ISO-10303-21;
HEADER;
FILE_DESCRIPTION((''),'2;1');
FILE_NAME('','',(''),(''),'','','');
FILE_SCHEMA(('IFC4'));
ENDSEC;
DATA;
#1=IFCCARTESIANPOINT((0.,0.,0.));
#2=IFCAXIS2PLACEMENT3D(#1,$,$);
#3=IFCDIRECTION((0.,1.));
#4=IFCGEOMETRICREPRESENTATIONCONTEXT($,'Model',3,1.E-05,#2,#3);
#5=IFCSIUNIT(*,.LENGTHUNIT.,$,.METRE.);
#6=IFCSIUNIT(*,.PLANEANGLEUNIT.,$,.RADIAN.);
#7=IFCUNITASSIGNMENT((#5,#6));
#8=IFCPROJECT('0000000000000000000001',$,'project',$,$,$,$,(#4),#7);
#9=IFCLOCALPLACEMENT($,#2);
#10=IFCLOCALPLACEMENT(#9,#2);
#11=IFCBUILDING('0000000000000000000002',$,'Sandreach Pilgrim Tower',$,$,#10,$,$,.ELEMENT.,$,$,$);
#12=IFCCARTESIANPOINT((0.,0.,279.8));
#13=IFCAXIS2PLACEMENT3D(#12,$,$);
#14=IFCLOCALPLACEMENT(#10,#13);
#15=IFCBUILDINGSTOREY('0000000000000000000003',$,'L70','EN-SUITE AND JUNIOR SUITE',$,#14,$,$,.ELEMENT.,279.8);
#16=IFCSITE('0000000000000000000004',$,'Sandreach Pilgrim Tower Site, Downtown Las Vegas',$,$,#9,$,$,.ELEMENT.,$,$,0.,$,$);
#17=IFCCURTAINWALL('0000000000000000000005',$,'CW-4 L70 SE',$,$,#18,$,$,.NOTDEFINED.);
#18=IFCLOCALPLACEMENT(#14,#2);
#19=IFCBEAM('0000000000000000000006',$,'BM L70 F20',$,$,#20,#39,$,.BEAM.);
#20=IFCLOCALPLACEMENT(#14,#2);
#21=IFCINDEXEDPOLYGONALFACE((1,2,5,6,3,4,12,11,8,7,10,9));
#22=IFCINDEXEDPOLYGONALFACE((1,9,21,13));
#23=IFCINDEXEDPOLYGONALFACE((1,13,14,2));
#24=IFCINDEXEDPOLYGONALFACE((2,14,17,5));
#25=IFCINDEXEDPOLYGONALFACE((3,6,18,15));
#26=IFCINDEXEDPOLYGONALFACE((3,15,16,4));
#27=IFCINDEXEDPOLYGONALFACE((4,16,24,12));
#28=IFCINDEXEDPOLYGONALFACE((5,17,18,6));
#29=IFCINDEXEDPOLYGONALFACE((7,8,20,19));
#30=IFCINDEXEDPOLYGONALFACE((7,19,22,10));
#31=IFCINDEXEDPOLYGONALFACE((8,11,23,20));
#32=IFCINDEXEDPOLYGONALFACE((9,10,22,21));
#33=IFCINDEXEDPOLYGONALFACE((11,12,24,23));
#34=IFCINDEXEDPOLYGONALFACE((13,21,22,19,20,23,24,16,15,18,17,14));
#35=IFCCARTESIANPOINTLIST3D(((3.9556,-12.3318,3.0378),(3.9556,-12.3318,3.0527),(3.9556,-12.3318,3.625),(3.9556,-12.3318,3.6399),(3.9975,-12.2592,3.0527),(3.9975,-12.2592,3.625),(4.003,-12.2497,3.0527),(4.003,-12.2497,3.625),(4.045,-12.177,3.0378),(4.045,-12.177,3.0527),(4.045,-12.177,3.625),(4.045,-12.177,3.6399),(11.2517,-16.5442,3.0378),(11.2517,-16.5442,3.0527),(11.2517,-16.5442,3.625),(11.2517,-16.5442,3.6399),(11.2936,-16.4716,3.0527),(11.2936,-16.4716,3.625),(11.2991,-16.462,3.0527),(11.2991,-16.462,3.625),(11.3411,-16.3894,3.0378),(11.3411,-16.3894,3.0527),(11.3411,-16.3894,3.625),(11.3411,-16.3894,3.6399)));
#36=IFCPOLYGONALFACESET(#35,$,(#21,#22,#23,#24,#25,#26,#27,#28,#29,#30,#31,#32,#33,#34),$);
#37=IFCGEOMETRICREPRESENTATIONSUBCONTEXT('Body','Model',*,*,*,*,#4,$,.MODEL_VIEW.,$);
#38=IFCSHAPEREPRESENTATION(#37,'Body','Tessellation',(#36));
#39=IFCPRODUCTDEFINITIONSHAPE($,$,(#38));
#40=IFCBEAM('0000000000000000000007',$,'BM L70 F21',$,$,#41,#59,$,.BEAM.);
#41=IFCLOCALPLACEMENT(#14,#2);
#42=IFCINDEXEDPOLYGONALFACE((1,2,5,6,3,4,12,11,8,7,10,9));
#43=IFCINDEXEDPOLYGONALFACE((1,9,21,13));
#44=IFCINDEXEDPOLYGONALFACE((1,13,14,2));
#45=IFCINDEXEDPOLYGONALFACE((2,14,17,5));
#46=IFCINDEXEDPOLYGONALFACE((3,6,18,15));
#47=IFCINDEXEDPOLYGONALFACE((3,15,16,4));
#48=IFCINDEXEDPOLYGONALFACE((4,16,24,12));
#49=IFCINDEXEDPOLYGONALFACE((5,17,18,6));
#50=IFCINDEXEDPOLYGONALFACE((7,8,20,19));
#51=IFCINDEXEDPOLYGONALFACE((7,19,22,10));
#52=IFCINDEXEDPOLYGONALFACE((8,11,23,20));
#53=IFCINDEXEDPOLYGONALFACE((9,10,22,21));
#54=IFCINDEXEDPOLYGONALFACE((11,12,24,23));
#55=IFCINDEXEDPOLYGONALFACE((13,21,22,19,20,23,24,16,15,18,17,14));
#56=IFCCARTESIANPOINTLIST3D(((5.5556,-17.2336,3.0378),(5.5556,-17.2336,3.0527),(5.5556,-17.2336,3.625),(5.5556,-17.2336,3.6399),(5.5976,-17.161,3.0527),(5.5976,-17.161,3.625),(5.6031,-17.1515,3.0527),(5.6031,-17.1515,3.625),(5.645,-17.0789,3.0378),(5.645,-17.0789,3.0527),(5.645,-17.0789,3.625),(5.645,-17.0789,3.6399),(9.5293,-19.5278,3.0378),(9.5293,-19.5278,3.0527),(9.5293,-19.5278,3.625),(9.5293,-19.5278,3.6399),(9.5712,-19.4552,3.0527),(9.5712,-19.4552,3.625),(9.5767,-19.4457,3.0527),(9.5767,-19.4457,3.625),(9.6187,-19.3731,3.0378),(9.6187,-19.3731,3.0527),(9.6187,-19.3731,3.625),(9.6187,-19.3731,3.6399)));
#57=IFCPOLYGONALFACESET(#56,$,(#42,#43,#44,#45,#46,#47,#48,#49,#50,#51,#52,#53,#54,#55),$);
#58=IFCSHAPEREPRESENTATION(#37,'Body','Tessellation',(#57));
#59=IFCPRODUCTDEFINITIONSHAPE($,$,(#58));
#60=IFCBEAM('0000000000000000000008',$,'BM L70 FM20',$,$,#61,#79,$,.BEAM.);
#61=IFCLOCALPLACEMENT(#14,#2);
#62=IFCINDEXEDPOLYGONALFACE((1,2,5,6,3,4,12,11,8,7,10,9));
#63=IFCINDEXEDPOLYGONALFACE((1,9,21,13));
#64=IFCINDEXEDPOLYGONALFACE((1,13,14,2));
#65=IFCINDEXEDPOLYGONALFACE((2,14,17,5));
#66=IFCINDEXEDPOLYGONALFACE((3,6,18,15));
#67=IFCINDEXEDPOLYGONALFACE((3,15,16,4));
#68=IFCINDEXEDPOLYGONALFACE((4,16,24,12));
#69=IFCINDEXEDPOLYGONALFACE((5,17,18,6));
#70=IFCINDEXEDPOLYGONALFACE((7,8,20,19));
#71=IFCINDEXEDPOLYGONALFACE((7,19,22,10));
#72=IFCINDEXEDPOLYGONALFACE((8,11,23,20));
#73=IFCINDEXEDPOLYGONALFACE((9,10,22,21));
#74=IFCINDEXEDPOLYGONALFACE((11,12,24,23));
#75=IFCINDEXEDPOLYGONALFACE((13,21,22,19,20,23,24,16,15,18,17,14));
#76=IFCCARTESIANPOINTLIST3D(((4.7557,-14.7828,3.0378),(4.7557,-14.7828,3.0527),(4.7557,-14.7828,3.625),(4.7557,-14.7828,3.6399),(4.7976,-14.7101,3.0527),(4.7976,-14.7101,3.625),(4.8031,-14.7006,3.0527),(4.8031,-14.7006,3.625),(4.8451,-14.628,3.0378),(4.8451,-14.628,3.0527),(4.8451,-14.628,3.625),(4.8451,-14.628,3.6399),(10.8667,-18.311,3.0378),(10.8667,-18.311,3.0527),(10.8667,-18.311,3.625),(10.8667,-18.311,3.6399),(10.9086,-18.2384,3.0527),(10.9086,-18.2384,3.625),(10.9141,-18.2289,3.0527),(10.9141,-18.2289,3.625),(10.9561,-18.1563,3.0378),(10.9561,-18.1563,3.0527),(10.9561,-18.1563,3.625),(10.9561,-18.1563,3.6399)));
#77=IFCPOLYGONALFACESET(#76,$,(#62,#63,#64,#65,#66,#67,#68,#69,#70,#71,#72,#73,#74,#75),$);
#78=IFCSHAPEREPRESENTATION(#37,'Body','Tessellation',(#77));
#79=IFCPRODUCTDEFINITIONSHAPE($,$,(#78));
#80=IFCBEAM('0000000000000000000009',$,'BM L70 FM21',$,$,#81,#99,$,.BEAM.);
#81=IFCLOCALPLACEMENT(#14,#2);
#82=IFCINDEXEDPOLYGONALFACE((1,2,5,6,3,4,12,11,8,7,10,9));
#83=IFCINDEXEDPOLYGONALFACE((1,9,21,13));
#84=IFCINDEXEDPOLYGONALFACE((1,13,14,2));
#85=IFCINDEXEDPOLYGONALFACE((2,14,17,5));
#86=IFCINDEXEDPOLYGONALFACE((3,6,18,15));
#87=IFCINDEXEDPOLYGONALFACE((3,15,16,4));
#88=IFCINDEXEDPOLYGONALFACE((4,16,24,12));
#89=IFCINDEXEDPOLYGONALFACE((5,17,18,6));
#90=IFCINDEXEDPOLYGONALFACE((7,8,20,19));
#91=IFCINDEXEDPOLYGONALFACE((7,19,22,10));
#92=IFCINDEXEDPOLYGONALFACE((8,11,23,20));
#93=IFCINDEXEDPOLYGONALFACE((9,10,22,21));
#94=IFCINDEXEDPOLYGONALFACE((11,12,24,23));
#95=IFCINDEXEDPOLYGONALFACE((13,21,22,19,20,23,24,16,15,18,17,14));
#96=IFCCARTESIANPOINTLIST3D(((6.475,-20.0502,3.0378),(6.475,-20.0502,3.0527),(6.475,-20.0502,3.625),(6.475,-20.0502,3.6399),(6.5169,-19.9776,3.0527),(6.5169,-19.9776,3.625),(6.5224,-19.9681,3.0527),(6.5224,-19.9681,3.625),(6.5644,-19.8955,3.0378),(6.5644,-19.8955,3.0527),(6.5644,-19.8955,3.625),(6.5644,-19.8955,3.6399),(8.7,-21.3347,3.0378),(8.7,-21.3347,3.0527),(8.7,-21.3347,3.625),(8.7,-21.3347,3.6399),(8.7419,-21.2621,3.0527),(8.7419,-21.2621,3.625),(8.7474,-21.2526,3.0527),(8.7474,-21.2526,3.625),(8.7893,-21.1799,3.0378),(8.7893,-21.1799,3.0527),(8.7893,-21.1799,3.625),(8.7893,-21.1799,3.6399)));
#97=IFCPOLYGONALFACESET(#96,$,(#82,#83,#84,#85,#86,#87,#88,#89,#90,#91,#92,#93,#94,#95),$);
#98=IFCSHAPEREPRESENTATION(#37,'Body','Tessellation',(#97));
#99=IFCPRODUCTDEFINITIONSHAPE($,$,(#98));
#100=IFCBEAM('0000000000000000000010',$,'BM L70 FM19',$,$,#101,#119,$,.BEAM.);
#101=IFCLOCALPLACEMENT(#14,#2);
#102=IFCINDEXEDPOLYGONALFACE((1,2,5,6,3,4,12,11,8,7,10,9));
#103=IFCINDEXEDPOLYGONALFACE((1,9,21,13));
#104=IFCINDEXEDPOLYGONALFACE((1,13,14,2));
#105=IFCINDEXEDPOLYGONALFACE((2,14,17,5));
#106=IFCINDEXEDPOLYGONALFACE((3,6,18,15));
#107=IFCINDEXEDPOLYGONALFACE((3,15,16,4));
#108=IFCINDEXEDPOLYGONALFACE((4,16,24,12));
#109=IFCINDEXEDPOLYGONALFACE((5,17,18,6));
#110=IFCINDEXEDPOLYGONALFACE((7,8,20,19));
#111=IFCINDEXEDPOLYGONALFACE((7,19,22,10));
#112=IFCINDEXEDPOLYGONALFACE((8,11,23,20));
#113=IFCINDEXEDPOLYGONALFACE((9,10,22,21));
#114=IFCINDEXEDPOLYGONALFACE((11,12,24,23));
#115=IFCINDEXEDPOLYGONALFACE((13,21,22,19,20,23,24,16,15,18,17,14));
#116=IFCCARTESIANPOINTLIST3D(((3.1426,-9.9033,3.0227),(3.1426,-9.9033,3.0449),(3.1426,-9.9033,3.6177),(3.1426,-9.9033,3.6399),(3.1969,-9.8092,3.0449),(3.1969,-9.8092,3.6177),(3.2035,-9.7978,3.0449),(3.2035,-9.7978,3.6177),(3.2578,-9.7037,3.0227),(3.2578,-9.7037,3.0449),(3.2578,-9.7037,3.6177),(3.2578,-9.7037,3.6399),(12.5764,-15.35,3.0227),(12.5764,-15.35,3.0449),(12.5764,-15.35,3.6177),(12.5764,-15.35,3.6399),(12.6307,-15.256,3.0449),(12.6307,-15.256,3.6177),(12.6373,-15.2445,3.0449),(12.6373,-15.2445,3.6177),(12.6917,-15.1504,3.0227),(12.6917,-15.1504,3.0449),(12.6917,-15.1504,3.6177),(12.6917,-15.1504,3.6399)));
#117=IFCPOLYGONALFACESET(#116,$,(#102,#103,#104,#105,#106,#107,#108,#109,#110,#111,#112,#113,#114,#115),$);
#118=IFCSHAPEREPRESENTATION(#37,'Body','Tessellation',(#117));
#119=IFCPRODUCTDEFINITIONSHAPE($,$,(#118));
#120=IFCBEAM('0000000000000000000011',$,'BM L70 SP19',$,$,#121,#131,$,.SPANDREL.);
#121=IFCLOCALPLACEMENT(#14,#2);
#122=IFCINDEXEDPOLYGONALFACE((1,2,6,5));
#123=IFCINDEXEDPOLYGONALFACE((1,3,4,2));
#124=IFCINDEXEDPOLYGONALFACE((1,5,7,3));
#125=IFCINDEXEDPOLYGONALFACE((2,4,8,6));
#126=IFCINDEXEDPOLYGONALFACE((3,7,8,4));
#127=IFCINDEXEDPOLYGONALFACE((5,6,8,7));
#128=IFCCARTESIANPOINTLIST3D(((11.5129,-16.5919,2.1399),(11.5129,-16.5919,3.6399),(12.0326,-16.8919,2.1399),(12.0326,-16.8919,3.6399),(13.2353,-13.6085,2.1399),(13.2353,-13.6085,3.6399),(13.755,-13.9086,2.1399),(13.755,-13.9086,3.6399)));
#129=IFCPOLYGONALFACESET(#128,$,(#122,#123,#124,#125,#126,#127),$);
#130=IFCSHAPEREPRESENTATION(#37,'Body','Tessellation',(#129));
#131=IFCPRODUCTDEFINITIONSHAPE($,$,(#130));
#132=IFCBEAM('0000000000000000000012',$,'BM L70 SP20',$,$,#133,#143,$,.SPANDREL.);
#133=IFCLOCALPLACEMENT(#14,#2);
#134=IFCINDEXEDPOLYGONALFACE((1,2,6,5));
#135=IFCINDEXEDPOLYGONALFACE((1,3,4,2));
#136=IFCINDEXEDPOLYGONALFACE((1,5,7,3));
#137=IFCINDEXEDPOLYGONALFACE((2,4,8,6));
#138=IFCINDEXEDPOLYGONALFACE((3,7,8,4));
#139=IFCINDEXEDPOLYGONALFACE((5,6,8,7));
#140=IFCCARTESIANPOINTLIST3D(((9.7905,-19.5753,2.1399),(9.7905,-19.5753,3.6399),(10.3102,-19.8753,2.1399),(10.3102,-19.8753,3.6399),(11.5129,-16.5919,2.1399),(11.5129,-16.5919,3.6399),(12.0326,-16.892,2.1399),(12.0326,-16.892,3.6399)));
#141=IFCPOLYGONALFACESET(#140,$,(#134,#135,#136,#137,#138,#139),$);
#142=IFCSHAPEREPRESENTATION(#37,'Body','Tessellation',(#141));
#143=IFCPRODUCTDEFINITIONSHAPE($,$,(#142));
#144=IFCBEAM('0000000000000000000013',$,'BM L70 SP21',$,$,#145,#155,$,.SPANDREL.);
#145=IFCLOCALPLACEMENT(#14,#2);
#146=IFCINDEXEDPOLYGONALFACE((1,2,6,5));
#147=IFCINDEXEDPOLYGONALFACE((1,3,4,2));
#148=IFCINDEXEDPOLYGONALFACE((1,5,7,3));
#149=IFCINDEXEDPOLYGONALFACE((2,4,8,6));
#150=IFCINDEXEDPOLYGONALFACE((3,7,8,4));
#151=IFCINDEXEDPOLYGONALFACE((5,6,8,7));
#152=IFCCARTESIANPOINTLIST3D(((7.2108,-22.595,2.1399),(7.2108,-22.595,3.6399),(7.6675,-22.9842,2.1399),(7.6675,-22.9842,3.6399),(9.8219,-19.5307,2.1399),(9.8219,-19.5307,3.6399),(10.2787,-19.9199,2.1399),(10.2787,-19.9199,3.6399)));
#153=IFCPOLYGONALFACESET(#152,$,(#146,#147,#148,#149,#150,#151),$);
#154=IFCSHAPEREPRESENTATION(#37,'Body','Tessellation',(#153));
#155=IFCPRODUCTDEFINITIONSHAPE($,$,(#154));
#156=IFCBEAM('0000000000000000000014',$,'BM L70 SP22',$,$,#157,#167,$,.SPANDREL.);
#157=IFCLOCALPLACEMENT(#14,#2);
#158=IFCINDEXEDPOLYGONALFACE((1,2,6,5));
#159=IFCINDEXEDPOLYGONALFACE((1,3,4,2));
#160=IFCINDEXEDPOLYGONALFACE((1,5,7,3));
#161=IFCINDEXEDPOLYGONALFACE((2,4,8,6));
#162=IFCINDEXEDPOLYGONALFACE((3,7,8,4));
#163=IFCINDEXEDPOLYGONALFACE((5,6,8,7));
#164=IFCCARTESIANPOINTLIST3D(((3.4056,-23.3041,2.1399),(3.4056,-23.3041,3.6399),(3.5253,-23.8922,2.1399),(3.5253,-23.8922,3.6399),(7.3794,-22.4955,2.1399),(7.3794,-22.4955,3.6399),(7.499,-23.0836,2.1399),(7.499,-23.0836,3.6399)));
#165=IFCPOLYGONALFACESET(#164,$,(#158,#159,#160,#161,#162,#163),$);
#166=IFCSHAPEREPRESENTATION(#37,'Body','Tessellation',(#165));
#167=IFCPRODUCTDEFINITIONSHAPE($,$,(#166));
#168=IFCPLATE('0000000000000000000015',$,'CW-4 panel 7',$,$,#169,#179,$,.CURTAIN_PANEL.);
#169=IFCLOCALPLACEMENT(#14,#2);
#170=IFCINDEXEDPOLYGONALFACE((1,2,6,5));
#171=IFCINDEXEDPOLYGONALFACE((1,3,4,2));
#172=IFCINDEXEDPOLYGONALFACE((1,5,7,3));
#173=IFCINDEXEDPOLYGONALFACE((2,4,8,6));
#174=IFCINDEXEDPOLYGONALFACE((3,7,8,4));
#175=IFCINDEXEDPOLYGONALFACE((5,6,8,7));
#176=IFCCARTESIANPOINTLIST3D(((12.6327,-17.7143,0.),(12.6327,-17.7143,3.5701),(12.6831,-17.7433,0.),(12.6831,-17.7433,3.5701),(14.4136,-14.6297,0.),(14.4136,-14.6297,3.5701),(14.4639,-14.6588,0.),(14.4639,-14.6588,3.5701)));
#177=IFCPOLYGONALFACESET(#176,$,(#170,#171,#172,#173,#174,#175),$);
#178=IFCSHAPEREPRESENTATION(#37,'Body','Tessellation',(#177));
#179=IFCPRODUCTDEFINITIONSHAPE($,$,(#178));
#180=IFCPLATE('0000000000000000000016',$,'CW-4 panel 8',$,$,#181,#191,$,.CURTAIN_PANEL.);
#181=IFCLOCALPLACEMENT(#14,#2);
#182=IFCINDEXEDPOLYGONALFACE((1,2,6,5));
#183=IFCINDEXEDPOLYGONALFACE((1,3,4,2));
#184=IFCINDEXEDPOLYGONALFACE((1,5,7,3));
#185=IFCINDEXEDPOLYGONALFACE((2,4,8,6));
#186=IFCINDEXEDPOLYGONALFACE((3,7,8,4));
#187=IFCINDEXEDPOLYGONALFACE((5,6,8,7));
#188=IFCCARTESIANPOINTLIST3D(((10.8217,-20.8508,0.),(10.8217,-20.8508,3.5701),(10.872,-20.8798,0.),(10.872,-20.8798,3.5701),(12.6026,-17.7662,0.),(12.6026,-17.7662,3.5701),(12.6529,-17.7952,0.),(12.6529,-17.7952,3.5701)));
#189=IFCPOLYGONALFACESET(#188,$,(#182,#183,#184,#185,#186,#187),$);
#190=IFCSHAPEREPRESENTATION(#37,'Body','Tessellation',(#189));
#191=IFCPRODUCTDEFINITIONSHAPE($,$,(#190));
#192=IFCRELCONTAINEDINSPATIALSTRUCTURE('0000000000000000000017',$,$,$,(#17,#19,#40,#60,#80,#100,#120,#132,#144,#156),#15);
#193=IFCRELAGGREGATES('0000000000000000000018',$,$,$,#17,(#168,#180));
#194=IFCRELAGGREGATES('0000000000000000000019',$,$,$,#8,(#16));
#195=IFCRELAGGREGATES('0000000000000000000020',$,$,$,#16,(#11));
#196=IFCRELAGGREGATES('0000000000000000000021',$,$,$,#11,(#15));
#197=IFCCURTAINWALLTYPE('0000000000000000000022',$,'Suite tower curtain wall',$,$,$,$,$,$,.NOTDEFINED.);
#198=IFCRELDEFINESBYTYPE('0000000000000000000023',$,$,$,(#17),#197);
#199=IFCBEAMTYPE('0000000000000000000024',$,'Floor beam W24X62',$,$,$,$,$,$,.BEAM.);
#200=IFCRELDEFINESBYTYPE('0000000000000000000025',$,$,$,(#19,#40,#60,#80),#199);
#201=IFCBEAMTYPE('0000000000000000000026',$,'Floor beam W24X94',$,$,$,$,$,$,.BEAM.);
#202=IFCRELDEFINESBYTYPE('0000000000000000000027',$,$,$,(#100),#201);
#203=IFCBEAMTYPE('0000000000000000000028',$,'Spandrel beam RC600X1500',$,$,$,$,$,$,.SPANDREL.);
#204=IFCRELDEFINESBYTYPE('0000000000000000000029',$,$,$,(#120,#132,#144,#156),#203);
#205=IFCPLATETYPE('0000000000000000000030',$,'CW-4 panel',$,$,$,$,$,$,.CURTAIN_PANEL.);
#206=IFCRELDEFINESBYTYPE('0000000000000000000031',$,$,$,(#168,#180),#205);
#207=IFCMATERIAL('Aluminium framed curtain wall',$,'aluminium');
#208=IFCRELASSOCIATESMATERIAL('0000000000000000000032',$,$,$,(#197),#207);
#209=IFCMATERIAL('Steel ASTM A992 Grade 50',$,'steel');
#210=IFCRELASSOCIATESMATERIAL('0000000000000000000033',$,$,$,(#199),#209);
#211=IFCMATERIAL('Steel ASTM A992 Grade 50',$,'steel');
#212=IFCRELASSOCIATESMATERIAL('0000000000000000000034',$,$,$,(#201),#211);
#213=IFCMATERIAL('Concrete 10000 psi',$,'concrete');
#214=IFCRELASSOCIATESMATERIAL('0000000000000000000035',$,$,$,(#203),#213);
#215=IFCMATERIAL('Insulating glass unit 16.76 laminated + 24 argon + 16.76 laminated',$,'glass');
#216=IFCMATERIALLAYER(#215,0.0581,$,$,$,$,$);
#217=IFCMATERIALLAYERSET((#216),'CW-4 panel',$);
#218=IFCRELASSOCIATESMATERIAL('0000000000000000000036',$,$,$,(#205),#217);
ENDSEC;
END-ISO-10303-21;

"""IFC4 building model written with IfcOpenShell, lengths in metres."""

from ifc_helpers import new_model, si_unit, direction, frame, origin, origin_2d, place, context, subcontext, project, spatial, rectangle, i_section, extrude, material, layer, layer_set, material_profile, profile_set, type_object, element, aggregate, save


model = new_model("IFC4")

# Units and contexts
model_context = context("Model", 3, precision=1e-05, world=origin(), true_north=direction((0.0, 1.0)))
body_context = subcontext(model_context, "Body", "Model", "MODEL_VIEW")
ifc_project = project(units=[si_unit("LENGTHUNIT", "METRE"), si_unit("PLANEANGLEUNIT", "RADIAN")], contexts=[model_context])

# Site, building, storey
site_placement = place(None, origin())
site = spatial("IfcSite", under=ifc_project, at=site_placement, Name="Sandreach Pilgrim Tower Site, Downtown Las Vegas", CompositionType="ELEMENT", RefElevation=0.0)
building_placement = place(site_placement, origin())
building = spatial("IfcBuilding", under=site, at=building_placement, Name="Sandreach Pilgrim Tower", CompositionType="ELEMENT")
storey_placement = place(building_placement, frame((0.0, 0.0, 279.8)))
storey = spatial("IfcBuildingStorey", under=building, at=storey_placement, Name="L70", Description="EN-SUITE AND JUNIOR SUITE", CompositionType="ELEMENT", Elevation=279.8)

# Curtain wall
ifc_material_1 = material(Name="Aluminium framed curtain wall", Category="aluminium")
curtain_wall_type = type_object("IfcCurtainWallType", Name="Suite tower curtain wall", PredefinedType="NOTDEFINED", material=ifc_material_1)
curtain_wall_1_placement = place(storey_placement, origin())
curtain_wall_1 = element("IfcCurtainWall", 1, at=curtain_wall_1_placement, inside=storey, type_object=curtain_wall_type, Name="CW-4 L70 SE", PredefinedType="NOTDEFINED")

# Beams
ifc_material_2 = material(Name="Steel ASTM A992 Grade 50", Category="steel")
ifc_material_profile_1 = material_profile(ifc_material_2, i_section(OverallWidth=0.1787, OverallDepth=0.6021, WebThickness=0.011, FlangeThickness=0.0149, at=origin_2d()), Name="W24X62")
ifc_profile_set_1 = profile_set([ifc_material_profile_1], Name="Steel ASTM A992 Grade 50")
beam_type_1 = type_object("IfcBeamType", Name="Floor beam W24X62", PredefinedType="BEAM", material=ifc_profile_set_1)
beam_1_placement = place(storey_placement, frame((11.2964, -16.4668, 3.3389), z_axis=(-0.866027, 0.499998, 0.0), x_axis=(-0.499998, -0.866027, 0.0)))
element("IfcBeam", 2, at=beam_1_placement, inside=storey, type_object=beam_type_1, Name="BM L70 F20", PredefinedType="BEAM", context=body_context, shape_type="SweptSolid", body=[
    extrude(i_section(OverallWidth=0.1787, OverallDepth=0.6021, WebThickness=0.011, FlangeThickness=0.0149, at=origin_2d()), origin(), (0.0, 0.0, 1.0), 8.4248),
])
beam_2_placement = place(storey_placement, frame((9.574, -19.4504, 3.3389), z_axis=(-0.866024, 0.500002, 0.0), x_axis=(-0.500002, -0.866024, 0.0)))
element("IfcBeam", 3, at=beam_2_placement, inside=storey, type_object=beam_type_1, Name="BM L70 F21", PredefinedType="BEAM", context=body_context, shape_type="SweptSolid", body=[
    extrude(i_section(OverallWidth=0.1787, OverallDepth=0.6021, WebThickness=0.011, FlangeThickness=0.0149, at=origin_2d()), origin(), (0.0, 0.0, 1.0), 4.5884),
])
beam_3_placement = place(storey_placement, frame((10.9114, -18.2336, 3.3389), z_axis=(-0.86602, 0.500009, 0.0), x_axis=(-0.500009, -0.86602, 0.0)))
element("IfcBeam", 4, at=beam_3_placement, inside=storey, type_object=beam_type_1, Name="BM L70 FM20", PredefinedType="BEAM", context=body_context, shape_type="SweptSolid", body=[
    extrude(i_section(OverallWidth=0.1787, OverallDepth=0.6021, WebThickness=0.011, FlangeThickness=0.0149, at=origin_2d()), origin(), (0.0, 0.0, 1.0), 7.0564),
])
beam_4_placement = place(storey_placement, frame((8.7446, -21.2573, 3.3389), z_axis=(-0.866042, 0.499972, 0.0), x_axis=(-0.499972, -0.866042, 0.0)))
element("IfcBeam", 5, at=beam_4_placement, inside=storey, type_object=beam_type_1, Name="BM L70 FM21", PredefinedType="BEAM", context=body_context, shape_type="SweptSolid", body=[
    extrude(i_section(OverallWidth=0.1787, OverallDepth=0.6021, WebThickness=0.011, FlangeThickness=0.0149, at=origin_2d()), origin(), (0.0, 0.0, 1.0), 2.5691),
])
ifc_material_3 = material(Name="Steel ASTM A992 Grade 50", Category="steel")
ifc_material_profile_2 = material_profile(ifc_material_3, i_section(OverallWidth=0.2305, OverallDepth=0.6172, WebThickness=0.0132, FlangeThickness=0.0222, at=origin_2d()), Name="W24X94")
ifc_profile_set_2 = profile_set([ifc_material_profile_2], Name="Steel ASTM A992 Grade 50")
beam_type_2 = type_object("IfcBeamType", Name="Floor beam W24X94", PredefinedType="BEAM", material=ifc_profile_set_2)
beam_5_placement = place(storey_placement, frame((12.634, -15.2502, 3.3313), z_axis=(-0.86602, 0.50001, 0.0), x_axis=(-0.50001, -0.86602, 0.0)))
element("IfcBeam", 6, at=beam_5_placement, inside=storey, type_object=beam_type_2, Name="BM L70 FM19", PredefinedType="BEAM", context=body_context, shape_type="SweptSolid", body=[
    extrude(i_section(OverallWidth=0.2305, OverallDepth=0.6172, WebThickness=0.0132, FlangeThickness=0.0222, at=origin_2d()), origin(), (0.0, 0.0, 1.0), 10.8933),
])
ifc_material_4 = material(Name="Concrete 10000 psi", Category="concrete")
ifc_material_profile_3 = material_profile(ifc_material_4, rectangle(XDim=0.6001, YDim=1.5, at=origin_2d()), Name="RC600X1500")
ifc_profile_set_3 = profile_set([ifc_material_profile_3], Name="Concrete 10000 psi")
beam_type_3 = type_object("IfcBeamType", Name="Spandrel beam RC600X1500", PredefinedType="SPANDREL", material=ifc_profile_set_3)
for number, where, z_axis, x_axis, name in (
    (7, (13.4951, -13.7585, 2.8899), (-0.499988, -0.866032, 0.0), (0.866032, -0.499988, 0.0), "BM L70 SP19"),
    (8, (11.7727, -16.7419, 2.8899), (-0.499988, -0.866032, 0.0), (0.866032, -0.499988, 0.0), "BM L70 SP20"),
):
    element("IfcBeam", number, at=place(storey_placement, frame(where, z_axis=z_axis, x_axis=x_axis)), inside=storey, type_object=beam_type_3, Name=name, PredefinedType="SPANDREL", context=body_context, shape_type="SweptSolid", body=[
        extrude(rectangle(XDim=0.6001, YDim=1.5, at=origin_2d()), origin(), (0.0, 0.0, 1.0), 3.4448),
    ])
beam_6_placement = place(storey_placement, frame((10.0503, -19.7253, 2.8899), z_axis=(-0.648586, -0.761141, 0.0), x_axis=(0.761141, -0.648586, 0.0)))
element("IfcBeam", 9, at=beam_6_placement, inside=storey, type_object=beam_type_3, Name="BM L70 SP21", PredefinedType="SPANDREL", context=body_context, shape_type="SweptSolid", body=[
    extrude(rectangle(XDim=0.6001, YDim=1.5, at=origin_2d()), origin(), (0.0, 0.0, 1.0), 4.0259),
])
beam_7_placement = place(storey_placement, frame((7.4392, -22.7896, 2.8899), z_axis=(-0.979918, -0.199403, 0.0), x_axis=(0.199403, -0.979918, 0.0)))
element("IfcBeam", 10, at=beam_7_placement, inside=storey, type_object=beam_type_3, Name="BM L70 SP22", PredefinedType="SPANDREL", context=body_context, shape_type="SweptSolid", body=[
    extrude(rectangle(XDim=0.6001, YDim=1.5, at=origin_2d()), origin(), (0.0, 0.0, 1.0), 4.0552),
])

# Plates
ifc_material_5 = material(Name="Insulating glass unit 16.76 laminated + 24 argon + 16.76 laminated", Category="glass")
ifc_layer_1 = layer(ifc_material_5, 0.0581)
ifc_layer_set_1 = layer_set([ifc_layer_1], Name="CW-4 panel")
plate_type = type_object("IfcPlateType", Name="CW-4 panel", PredefinedType="CURTAIN_PANEL", material=ifc_layer_set_1)
plate_1_placement = place(storey_placement, frame((13.5483, -16.1865, 0.0), z_axis=(0.0, 0.0, 1.0), x_axis=(-0.5, -0.866025, 0.0)))
plate_1 = element("IfcPlate", 11, at=plate_1_placement, type_object=plate_type, Name="CW-4 panel 7", PredefinedType="CURTAIN_PANEL", context=body_context, shape_type="SweptSolid", body=[
    extrude(rectangle(XDim=3.5618, YDim=0.0581, at=origin_2d()), origin(), (0.0, 0.0, 1.0), 3.5701),
])
plate_2_placement = place(storey_placement, frame((11.7373, -19.323, 0.0), z_axis=(0.0, 0.0, 1.0), x_axis=(-0.5, -0.866025, 0.0)))
plate_2 = element("IfcPlate", 12, at=plate_2_placement, type_object=plate_type, Name="CW-4 panel 8", PredefinedType="CURTAIN_PANEL", context=body_context, shape_type="SweptSolid", body=[
    extrude(rectangle(XDim=3.5618, YDim=0.0581, at=origin_2d()), origin(), (0.0, 0.0, 1.0), 3.5701),
])
aggregate(curtain_wall_1, [plate_1, plate_2])

save(model, "model.ifc")
